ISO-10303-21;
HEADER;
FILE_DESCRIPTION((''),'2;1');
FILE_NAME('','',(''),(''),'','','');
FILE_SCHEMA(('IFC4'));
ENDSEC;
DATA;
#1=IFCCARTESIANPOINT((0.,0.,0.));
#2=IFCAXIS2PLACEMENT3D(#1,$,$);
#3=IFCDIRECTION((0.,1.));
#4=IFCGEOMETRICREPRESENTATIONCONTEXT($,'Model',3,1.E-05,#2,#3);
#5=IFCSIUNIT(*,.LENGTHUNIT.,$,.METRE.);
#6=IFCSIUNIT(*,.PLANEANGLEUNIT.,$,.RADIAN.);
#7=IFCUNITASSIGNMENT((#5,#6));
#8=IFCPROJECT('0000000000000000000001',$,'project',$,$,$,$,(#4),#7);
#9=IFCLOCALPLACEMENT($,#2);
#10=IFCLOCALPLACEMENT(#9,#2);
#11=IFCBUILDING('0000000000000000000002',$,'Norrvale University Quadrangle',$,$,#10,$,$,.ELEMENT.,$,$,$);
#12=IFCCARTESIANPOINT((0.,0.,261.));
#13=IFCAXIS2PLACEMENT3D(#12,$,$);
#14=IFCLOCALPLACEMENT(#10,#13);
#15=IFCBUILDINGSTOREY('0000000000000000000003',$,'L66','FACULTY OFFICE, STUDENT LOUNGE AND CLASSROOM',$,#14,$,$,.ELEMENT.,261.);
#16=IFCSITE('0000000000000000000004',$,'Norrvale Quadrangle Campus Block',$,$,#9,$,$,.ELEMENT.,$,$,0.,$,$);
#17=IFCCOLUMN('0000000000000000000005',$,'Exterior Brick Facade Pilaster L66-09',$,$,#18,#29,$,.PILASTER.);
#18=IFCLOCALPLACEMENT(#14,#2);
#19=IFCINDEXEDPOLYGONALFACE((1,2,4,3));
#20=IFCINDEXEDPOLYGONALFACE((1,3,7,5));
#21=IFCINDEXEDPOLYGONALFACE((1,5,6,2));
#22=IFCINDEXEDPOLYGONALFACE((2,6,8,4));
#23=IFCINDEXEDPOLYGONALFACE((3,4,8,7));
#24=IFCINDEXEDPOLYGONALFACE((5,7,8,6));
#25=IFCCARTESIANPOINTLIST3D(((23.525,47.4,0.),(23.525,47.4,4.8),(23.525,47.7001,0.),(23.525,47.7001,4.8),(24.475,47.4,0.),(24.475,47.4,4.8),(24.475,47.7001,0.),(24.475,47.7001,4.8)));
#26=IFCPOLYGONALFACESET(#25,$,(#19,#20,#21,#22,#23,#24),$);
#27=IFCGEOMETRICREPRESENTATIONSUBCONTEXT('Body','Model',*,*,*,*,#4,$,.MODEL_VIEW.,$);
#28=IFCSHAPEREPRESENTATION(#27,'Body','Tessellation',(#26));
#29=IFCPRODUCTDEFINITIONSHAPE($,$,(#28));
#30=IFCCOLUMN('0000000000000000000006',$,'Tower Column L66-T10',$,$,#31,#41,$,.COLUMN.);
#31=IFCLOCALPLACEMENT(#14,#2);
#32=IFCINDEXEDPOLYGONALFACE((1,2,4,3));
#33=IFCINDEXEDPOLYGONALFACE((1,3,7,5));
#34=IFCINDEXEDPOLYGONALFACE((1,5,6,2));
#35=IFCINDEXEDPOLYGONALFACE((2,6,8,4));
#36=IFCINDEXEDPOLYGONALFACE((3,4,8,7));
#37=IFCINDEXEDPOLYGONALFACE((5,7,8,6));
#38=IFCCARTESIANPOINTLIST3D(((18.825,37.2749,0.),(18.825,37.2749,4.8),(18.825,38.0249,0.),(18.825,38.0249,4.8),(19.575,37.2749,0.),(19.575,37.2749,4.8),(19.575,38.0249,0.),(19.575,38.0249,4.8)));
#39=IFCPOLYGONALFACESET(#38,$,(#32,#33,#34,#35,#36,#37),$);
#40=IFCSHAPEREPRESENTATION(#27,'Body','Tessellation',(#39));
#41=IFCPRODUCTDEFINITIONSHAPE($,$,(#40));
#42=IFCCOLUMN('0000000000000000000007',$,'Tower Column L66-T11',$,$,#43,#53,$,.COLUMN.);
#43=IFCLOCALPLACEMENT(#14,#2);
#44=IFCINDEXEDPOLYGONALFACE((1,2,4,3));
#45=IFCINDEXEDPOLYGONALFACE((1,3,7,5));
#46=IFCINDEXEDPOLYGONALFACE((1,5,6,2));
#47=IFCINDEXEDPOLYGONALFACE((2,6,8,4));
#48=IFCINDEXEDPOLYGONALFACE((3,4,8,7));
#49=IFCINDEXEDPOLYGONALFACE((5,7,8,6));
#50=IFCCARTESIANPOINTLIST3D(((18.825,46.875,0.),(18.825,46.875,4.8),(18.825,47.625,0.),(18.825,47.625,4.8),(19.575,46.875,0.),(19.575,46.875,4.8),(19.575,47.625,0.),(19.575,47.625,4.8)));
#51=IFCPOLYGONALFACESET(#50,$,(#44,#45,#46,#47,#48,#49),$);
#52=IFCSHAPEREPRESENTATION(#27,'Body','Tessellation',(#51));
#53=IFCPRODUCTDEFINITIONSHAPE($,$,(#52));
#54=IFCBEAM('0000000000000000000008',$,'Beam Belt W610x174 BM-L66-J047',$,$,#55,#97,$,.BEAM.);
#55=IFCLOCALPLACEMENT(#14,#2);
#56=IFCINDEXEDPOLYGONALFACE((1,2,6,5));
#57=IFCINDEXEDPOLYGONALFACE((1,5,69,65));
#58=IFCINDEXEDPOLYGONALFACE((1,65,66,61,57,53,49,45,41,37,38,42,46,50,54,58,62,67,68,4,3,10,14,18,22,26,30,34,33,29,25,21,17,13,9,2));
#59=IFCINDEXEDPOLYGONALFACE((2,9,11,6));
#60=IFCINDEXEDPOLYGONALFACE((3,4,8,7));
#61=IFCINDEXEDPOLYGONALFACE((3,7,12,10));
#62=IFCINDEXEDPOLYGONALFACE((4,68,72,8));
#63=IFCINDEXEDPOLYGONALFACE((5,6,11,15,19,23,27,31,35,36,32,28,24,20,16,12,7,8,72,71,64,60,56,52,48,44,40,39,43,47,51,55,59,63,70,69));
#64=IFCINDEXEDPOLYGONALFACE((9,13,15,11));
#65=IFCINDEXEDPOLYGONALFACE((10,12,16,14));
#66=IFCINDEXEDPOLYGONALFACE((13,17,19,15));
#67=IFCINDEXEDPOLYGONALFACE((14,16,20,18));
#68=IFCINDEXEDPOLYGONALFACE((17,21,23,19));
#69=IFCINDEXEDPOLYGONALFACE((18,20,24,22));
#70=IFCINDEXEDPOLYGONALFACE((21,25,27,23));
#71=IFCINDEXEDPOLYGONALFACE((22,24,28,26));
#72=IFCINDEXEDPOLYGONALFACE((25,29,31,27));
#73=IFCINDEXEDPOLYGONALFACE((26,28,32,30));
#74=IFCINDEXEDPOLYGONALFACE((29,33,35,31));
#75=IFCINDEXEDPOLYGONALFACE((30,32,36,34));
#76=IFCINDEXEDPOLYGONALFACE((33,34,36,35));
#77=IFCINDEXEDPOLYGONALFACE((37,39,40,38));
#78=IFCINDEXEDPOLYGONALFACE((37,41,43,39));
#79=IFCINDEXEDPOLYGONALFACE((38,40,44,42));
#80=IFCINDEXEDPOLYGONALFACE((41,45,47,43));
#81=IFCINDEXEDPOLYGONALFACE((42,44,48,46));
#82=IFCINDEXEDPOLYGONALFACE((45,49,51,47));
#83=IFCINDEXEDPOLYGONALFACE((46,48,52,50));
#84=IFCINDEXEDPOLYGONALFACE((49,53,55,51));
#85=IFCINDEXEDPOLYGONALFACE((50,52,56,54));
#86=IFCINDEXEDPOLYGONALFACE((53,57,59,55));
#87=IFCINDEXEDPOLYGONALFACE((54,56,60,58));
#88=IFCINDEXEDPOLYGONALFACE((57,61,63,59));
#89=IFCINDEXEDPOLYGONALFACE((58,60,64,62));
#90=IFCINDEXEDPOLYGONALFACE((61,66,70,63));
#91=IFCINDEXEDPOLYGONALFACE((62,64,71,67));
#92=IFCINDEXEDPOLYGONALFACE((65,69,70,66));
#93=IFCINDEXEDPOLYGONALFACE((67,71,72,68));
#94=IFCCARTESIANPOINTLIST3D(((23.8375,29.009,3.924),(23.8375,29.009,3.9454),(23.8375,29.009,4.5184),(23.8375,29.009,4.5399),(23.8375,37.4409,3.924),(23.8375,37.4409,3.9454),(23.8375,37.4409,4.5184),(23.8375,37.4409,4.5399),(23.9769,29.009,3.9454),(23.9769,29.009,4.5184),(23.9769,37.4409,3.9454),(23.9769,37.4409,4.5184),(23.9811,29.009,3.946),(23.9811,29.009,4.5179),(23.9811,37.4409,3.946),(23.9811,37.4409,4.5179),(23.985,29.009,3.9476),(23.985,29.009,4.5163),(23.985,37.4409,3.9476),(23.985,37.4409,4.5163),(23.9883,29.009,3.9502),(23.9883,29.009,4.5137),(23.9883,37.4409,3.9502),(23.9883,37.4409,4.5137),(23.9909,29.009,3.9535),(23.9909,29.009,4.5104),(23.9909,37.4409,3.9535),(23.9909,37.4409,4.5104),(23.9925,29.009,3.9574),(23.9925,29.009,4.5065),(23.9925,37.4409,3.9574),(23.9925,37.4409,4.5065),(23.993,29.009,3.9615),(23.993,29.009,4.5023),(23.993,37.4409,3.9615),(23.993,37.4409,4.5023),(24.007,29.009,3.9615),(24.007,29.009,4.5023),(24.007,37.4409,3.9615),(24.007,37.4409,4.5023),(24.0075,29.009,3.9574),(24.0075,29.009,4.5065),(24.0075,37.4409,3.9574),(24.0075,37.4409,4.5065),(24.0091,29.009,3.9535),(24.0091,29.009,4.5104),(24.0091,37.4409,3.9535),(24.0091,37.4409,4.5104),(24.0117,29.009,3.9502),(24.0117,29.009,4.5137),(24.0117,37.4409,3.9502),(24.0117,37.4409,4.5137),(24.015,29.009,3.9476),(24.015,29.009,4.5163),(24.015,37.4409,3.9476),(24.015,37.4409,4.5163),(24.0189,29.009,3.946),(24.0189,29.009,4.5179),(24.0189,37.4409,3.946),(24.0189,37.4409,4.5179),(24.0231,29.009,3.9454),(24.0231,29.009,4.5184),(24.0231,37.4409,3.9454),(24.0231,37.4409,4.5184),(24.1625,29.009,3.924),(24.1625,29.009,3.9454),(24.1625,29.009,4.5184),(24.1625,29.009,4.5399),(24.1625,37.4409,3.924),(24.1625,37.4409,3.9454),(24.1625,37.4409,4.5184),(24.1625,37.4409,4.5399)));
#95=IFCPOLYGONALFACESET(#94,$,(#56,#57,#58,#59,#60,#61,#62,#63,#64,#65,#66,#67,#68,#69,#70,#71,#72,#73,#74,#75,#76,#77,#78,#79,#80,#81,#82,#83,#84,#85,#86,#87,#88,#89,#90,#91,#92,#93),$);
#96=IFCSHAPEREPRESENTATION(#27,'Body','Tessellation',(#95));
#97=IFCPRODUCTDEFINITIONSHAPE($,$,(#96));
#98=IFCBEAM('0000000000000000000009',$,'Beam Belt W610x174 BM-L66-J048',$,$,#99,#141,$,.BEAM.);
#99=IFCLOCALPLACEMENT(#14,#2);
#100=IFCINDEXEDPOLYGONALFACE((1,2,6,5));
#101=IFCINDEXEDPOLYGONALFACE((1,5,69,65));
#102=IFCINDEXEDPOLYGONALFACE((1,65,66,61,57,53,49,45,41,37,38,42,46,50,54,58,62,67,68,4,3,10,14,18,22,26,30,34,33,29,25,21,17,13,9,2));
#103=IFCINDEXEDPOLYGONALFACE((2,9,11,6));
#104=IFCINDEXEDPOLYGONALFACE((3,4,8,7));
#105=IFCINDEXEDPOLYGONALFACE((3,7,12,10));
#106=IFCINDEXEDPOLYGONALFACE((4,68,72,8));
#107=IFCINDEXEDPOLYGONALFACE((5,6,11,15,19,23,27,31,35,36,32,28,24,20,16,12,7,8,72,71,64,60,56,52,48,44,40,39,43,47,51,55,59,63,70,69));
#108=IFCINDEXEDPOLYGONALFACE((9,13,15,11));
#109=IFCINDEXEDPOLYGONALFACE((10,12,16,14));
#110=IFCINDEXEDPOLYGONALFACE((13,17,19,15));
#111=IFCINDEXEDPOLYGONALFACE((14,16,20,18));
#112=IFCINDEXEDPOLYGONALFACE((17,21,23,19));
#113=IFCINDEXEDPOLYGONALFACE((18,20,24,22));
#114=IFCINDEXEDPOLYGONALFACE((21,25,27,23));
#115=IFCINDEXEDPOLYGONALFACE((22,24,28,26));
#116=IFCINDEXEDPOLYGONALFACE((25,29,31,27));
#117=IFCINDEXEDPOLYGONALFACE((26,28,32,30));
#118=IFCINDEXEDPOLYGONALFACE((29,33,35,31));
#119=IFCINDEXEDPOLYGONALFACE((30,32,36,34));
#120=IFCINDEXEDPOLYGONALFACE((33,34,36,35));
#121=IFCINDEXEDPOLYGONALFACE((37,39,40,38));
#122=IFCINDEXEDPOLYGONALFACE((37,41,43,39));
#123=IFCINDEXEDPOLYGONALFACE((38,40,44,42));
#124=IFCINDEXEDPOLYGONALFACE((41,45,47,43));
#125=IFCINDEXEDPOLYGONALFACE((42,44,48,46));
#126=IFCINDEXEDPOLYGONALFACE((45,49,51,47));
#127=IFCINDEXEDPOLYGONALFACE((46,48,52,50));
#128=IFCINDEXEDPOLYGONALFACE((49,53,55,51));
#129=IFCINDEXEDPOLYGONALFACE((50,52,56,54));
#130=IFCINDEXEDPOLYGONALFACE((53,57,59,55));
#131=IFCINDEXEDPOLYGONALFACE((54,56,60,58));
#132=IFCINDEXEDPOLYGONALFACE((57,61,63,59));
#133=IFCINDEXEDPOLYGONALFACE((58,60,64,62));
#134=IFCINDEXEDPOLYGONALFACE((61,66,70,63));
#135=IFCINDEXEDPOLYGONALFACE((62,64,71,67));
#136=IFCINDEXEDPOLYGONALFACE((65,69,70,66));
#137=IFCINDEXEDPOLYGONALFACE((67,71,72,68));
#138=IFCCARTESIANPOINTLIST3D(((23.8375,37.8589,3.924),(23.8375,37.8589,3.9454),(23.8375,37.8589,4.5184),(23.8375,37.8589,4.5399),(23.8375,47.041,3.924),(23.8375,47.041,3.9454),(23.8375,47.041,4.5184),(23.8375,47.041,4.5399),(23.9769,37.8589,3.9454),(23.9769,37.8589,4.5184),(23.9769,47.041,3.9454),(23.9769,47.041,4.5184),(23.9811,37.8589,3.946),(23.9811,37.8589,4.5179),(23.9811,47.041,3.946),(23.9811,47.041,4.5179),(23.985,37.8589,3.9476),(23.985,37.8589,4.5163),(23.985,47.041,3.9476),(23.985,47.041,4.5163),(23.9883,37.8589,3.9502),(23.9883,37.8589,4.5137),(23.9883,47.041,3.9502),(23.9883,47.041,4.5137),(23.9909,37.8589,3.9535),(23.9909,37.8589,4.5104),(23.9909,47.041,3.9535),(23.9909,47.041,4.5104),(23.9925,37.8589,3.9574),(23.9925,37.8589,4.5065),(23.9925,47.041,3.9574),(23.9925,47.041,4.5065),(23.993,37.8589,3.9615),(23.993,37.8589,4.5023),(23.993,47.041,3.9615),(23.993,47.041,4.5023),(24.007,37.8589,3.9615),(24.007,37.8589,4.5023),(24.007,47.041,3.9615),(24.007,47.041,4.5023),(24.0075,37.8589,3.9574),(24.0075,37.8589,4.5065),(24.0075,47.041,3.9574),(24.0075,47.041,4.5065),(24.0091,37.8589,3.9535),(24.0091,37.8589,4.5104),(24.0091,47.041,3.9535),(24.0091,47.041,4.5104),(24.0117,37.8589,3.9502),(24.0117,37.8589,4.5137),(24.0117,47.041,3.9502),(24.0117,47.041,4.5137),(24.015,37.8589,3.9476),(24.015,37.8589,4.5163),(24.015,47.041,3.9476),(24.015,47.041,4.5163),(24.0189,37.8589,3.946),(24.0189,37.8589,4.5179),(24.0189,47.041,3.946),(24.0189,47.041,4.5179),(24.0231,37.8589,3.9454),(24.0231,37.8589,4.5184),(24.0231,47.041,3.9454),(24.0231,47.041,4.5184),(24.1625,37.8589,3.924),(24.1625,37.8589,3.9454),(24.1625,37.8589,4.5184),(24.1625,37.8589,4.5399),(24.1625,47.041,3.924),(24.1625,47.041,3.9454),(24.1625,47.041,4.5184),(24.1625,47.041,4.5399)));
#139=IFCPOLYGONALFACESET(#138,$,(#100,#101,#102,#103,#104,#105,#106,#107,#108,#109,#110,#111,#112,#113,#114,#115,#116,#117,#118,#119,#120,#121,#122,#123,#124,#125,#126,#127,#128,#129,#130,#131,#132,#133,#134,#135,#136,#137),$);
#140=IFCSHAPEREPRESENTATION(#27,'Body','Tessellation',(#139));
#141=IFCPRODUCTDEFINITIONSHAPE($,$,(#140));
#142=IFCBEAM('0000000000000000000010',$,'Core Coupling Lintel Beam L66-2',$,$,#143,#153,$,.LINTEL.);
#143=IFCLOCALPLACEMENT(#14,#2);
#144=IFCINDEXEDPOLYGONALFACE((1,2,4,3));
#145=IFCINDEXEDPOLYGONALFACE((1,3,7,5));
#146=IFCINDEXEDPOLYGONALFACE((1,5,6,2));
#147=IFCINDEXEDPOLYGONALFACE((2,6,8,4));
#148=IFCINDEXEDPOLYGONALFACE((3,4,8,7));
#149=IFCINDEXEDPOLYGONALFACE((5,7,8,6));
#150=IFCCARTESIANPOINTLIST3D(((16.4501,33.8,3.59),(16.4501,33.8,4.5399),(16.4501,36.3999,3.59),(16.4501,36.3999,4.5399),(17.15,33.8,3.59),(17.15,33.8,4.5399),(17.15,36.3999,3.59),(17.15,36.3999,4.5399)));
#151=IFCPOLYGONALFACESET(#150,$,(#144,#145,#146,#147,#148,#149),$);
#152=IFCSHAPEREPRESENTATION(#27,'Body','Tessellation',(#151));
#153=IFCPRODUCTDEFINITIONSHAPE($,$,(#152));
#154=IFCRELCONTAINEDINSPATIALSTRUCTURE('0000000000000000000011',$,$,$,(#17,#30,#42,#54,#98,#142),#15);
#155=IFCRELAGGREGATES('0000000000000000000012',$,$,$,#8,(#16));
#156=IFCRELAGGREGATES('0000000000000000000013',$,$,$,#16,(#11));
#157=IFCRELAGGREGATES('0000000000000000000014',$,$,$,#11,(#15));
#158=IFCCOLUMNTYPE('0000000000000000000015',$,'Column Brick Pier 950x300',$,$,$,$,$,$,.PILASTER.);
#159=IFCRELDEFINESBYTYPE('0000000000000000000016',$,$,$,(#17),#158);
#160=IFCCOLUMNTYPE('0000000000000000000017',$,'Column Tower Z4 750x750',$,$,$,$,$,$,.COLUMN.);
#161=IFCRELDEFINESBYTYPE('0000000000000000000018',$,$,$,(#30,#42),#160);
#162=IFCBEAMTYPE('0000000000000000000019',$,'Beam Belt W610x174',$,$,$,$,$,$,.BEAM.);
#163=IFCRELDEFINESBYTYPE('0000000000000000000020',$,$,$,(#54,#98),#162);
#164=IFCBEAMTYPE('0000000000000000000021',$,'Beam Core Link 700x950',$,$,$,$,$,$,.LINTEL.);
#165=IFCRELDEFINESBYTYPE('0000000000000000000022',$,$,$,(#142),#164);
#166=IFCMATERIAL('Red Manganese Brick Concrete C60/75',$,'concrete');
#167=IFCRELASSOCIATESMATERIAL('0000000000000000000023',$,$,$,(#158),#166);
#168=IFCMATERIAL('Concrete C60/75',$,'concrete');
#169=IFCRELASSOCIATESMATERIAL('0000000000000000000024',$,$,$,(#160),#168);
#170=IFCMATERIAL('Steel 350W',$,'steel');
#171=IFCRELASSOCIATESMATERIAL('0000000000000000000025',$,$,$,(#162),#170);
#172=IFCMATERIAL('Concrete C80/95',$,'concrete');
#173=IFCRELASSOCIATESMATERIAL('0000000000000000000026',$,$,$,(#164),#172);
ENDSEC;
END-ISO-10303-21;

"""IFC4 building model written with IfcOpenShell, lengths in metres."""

from ifc_helpers import new_model, si_unit, direction, frame, origin, origin_2d, place, context, subcontext, project, spatial, rectangle, i_section, extrude, material, material_profile, profile_set, type_object, element, save


model = new_model("IFC4")

# Units and contexts
model_context = context("Model", 3, precision=1e-05, world=origin(), true_north=direction((0.0, 1.0)))
body_context = subcontext(model_context, "Body", "Model", "MODEL_VIEW")
ifc_project = project(units=[si_unit("LENGTHUNIT", "METRE"), si_unit("PLANEANGLEUNIT", "RADIAN")], contexts=[model_context])

# Site, building, storey
site_placement = place(None, origin())
site = spatial("IfcSite", under=ifc_project, at=site_placement, Name="Norrvale Quadrangle Campus Block", CompositionType="ELEMENT", RefElevation=0.0)
building_placement = place(site_placement, origin())
building = spatial("IfcBuilding", under=site, at=building_placement, Name="Norrvale University Quadrangle", CompositionType="ELEMENT")
storey_placement = place(building_placement, frame((0.0, 0.0, 261.0)))
storey = spatial("IfcBuildingStorey", under=building, at=storey_placement, Name="L66", Description="FACULTY OFFICE, STUDENT LOUNGE AND CLASSROOM", CompositionType="ELEMENT", Elevation=261.0)

# Columns
ifc_material_1 = material(Name="Red Manganese Brick Concrete C60/75", Category="concrete")
ifc_material_profile_1 = material_profile(ifc_material_1, rectangle(XDim=0.95, YDim=0.3, at=origin_2d()), Name="Red Manganese Brick Concrete C60/75")
ifc_profile_set_1 = profile_set([ifc_material_profile_1], Name="Red Manganese Brick Concrete C60/75")
column_type_1 = type_object("IfcColumnType", Name="Column Brick Pier 950x300", PredefinedType="PILASTER", material=ifc_profile_set_1)
column_placement = place(storey_placement, frame((24.0, 47.55, 0.0), z_axis=(0.0, 0.0, 1.0), x_axis=(1.0, 0.0, 0.0)))
element("IfcColumn", 1, at=column_placement, inside=storey, type_object=column_type_1, Name="Exterior Brick Facade Pilaster L66-09", PredefinedType="PILASTER", context=body_context, shape_type="SweptSolid", body=[
    extrude(rectangle(XDim=0.95, YDim=0.3, at=origin_2d()), origin(), (0.0, 0.0, 1.0), 4.8),
])
ifc_material_2 = material(Name="Concrete C60/75", Category="concrete")
ifc_material_profile_2 = material_profile(ifc_material_2, rectangle(XDim=0.75, YDim=0.75, at=origin_2d()), Name="Concrete C60/75")
ifc_profile_set_2 = profile_set([ifc_material_profile_2], Name="Concrete C60/75")
column_type_2 = type_object("IfcColumnType", Name="Column Tower Z4 750x750", PredefinedType="COLUMN", material=ifc_profile_set_2)
for number, where, z_axis, x_axis, name in (
    (2, (19.2, 37.6499, 0.0), (0.0, 0.0, 1.0), (1.0, 0.0, 0.0), "Tower Column L66-T10"),
    (3, (19.2, 47.25, 0.0), (0.0, 0.0, 1.0), (1.0, 0.0, 0.0), "Tower Column L66-T11"),
):
    element("IfcColumn", number, at=place(storey_placement, frame(where, z_axis=z_axis, x_axis=x_axis)), inside=storey, type_object=column_type_2, Name=name, PredefinedType="COLUMN", context=body_context, shape_type="SweptSolid", body=[
        extrude(rectangle(XDim=0.75, YDim=0.75, at=origin_2d()), origin(), (0.0, 0.0, 1.0), 4.8),
    ])

# Beams
ifc_material_3 = material(Name="Steel 350W", Category="steel")
ifc_material_profile_3 = material_profile(ifc_material_3, i_section(OverallWidth=0.325, OverallDepth=0.616, WebThickness=0.0139, FlangeThickness=0.0215, FilletRadius=0.0161, at=origin_2d()), Name="Steel 350W")
ifc_profile_set_3 = profile_set([ifc_material_profile_3], Name="Steel 350W")
beam_type_1 = type_object("IfcBeamType", Name="Beam Belt W610x174", PredefinedType="BEAM", material=ifc_profile_set_3)
beam_1_placement = place(storey_placement, frame((24.0, 29.009, 4.2319), z_axis=(0.0, 1.0, 0.0), x_axis=(-1.0, 0.0, 0.0)))
element("IfcBeam", 4, at=beam_1_placement, inside=storey, type_object=beam_type_1, Name="Beam Belt W610x174 BM-L66-J047", PredefinedType="BEAM", context=body_context, shape_type="SweptSolid", body=[
    extrude(i_section(OverallWidth=0.325, OverallDepth=0.616, WebThickness=0.0139, FlangeThickness=0.0215, FilletRadius=0.0161, at=origin_2d()), origin(), (0.0, 0.0, 1.0), 8.4319),
])
beam_2_placement = place(storey_placement, frame((24.0, 37.8589, 4.2319), z_axis=(0.0, 1.0, 0.0), x_axis=(-1.0, 0.0, 0.0)))
element("IfcBeam", 5, at=beam_2_placement, inside=storey, type_object=beam_type_1, Name="Beam Belt W610x174 BM-L66-J048", PredefinedType="BEAM", context=body_context, shape_type="SweptSolid", body=[
    extrude(i_section(OverallWidth=0.325, OverallDepth=0.616, WebThickness=0.0139, FlangeThickness=0.0215, FilletRadius=0.0161, at=origin_2d()), origin(), (0.0, 0.0, 1.0), 9.1821),
])
ifc_material_4 = material(Name="Concrete C80/95", Category="concrete")
ifc_material_profile_4 = material_profile(ifc_material_4, rectangle(XDim=0.7, YDim=0.95, at=origin_2d()), Name="Concrete C80/95")
ifc_profile_set_4 = profile_set([ifc_material_profile_4], Name="Concrete C80/95")
beam_type_2 = type_object("IfcBeamType", Name="Beam Core Link 700x950", PredefinedType="LINTEL", material=ifc_profile_set_4)
beam_3_placement = place(storey_placement, frame((16.8, 33.8, 4.0649), z_axis=(0.0, 1.0, 0.0), x_axis=(-1.0, 0.0, 0.0)))
element("IfcBeam", 6, at=beam_3_placement, inside=storey, type_object=beam_type_2, Name="Core Coupling Lintel Beam L66-2", PredefinedType="LINTEL", context=body_context, shape_type="SweptSolid", body=[
    extrude(rectangle(XDim=0.7, YDim=0.95, at=origin_2d()), origin(), (0.0, 0.0, 1.0), 2.5999),
])

save(model, "model.ifc")
